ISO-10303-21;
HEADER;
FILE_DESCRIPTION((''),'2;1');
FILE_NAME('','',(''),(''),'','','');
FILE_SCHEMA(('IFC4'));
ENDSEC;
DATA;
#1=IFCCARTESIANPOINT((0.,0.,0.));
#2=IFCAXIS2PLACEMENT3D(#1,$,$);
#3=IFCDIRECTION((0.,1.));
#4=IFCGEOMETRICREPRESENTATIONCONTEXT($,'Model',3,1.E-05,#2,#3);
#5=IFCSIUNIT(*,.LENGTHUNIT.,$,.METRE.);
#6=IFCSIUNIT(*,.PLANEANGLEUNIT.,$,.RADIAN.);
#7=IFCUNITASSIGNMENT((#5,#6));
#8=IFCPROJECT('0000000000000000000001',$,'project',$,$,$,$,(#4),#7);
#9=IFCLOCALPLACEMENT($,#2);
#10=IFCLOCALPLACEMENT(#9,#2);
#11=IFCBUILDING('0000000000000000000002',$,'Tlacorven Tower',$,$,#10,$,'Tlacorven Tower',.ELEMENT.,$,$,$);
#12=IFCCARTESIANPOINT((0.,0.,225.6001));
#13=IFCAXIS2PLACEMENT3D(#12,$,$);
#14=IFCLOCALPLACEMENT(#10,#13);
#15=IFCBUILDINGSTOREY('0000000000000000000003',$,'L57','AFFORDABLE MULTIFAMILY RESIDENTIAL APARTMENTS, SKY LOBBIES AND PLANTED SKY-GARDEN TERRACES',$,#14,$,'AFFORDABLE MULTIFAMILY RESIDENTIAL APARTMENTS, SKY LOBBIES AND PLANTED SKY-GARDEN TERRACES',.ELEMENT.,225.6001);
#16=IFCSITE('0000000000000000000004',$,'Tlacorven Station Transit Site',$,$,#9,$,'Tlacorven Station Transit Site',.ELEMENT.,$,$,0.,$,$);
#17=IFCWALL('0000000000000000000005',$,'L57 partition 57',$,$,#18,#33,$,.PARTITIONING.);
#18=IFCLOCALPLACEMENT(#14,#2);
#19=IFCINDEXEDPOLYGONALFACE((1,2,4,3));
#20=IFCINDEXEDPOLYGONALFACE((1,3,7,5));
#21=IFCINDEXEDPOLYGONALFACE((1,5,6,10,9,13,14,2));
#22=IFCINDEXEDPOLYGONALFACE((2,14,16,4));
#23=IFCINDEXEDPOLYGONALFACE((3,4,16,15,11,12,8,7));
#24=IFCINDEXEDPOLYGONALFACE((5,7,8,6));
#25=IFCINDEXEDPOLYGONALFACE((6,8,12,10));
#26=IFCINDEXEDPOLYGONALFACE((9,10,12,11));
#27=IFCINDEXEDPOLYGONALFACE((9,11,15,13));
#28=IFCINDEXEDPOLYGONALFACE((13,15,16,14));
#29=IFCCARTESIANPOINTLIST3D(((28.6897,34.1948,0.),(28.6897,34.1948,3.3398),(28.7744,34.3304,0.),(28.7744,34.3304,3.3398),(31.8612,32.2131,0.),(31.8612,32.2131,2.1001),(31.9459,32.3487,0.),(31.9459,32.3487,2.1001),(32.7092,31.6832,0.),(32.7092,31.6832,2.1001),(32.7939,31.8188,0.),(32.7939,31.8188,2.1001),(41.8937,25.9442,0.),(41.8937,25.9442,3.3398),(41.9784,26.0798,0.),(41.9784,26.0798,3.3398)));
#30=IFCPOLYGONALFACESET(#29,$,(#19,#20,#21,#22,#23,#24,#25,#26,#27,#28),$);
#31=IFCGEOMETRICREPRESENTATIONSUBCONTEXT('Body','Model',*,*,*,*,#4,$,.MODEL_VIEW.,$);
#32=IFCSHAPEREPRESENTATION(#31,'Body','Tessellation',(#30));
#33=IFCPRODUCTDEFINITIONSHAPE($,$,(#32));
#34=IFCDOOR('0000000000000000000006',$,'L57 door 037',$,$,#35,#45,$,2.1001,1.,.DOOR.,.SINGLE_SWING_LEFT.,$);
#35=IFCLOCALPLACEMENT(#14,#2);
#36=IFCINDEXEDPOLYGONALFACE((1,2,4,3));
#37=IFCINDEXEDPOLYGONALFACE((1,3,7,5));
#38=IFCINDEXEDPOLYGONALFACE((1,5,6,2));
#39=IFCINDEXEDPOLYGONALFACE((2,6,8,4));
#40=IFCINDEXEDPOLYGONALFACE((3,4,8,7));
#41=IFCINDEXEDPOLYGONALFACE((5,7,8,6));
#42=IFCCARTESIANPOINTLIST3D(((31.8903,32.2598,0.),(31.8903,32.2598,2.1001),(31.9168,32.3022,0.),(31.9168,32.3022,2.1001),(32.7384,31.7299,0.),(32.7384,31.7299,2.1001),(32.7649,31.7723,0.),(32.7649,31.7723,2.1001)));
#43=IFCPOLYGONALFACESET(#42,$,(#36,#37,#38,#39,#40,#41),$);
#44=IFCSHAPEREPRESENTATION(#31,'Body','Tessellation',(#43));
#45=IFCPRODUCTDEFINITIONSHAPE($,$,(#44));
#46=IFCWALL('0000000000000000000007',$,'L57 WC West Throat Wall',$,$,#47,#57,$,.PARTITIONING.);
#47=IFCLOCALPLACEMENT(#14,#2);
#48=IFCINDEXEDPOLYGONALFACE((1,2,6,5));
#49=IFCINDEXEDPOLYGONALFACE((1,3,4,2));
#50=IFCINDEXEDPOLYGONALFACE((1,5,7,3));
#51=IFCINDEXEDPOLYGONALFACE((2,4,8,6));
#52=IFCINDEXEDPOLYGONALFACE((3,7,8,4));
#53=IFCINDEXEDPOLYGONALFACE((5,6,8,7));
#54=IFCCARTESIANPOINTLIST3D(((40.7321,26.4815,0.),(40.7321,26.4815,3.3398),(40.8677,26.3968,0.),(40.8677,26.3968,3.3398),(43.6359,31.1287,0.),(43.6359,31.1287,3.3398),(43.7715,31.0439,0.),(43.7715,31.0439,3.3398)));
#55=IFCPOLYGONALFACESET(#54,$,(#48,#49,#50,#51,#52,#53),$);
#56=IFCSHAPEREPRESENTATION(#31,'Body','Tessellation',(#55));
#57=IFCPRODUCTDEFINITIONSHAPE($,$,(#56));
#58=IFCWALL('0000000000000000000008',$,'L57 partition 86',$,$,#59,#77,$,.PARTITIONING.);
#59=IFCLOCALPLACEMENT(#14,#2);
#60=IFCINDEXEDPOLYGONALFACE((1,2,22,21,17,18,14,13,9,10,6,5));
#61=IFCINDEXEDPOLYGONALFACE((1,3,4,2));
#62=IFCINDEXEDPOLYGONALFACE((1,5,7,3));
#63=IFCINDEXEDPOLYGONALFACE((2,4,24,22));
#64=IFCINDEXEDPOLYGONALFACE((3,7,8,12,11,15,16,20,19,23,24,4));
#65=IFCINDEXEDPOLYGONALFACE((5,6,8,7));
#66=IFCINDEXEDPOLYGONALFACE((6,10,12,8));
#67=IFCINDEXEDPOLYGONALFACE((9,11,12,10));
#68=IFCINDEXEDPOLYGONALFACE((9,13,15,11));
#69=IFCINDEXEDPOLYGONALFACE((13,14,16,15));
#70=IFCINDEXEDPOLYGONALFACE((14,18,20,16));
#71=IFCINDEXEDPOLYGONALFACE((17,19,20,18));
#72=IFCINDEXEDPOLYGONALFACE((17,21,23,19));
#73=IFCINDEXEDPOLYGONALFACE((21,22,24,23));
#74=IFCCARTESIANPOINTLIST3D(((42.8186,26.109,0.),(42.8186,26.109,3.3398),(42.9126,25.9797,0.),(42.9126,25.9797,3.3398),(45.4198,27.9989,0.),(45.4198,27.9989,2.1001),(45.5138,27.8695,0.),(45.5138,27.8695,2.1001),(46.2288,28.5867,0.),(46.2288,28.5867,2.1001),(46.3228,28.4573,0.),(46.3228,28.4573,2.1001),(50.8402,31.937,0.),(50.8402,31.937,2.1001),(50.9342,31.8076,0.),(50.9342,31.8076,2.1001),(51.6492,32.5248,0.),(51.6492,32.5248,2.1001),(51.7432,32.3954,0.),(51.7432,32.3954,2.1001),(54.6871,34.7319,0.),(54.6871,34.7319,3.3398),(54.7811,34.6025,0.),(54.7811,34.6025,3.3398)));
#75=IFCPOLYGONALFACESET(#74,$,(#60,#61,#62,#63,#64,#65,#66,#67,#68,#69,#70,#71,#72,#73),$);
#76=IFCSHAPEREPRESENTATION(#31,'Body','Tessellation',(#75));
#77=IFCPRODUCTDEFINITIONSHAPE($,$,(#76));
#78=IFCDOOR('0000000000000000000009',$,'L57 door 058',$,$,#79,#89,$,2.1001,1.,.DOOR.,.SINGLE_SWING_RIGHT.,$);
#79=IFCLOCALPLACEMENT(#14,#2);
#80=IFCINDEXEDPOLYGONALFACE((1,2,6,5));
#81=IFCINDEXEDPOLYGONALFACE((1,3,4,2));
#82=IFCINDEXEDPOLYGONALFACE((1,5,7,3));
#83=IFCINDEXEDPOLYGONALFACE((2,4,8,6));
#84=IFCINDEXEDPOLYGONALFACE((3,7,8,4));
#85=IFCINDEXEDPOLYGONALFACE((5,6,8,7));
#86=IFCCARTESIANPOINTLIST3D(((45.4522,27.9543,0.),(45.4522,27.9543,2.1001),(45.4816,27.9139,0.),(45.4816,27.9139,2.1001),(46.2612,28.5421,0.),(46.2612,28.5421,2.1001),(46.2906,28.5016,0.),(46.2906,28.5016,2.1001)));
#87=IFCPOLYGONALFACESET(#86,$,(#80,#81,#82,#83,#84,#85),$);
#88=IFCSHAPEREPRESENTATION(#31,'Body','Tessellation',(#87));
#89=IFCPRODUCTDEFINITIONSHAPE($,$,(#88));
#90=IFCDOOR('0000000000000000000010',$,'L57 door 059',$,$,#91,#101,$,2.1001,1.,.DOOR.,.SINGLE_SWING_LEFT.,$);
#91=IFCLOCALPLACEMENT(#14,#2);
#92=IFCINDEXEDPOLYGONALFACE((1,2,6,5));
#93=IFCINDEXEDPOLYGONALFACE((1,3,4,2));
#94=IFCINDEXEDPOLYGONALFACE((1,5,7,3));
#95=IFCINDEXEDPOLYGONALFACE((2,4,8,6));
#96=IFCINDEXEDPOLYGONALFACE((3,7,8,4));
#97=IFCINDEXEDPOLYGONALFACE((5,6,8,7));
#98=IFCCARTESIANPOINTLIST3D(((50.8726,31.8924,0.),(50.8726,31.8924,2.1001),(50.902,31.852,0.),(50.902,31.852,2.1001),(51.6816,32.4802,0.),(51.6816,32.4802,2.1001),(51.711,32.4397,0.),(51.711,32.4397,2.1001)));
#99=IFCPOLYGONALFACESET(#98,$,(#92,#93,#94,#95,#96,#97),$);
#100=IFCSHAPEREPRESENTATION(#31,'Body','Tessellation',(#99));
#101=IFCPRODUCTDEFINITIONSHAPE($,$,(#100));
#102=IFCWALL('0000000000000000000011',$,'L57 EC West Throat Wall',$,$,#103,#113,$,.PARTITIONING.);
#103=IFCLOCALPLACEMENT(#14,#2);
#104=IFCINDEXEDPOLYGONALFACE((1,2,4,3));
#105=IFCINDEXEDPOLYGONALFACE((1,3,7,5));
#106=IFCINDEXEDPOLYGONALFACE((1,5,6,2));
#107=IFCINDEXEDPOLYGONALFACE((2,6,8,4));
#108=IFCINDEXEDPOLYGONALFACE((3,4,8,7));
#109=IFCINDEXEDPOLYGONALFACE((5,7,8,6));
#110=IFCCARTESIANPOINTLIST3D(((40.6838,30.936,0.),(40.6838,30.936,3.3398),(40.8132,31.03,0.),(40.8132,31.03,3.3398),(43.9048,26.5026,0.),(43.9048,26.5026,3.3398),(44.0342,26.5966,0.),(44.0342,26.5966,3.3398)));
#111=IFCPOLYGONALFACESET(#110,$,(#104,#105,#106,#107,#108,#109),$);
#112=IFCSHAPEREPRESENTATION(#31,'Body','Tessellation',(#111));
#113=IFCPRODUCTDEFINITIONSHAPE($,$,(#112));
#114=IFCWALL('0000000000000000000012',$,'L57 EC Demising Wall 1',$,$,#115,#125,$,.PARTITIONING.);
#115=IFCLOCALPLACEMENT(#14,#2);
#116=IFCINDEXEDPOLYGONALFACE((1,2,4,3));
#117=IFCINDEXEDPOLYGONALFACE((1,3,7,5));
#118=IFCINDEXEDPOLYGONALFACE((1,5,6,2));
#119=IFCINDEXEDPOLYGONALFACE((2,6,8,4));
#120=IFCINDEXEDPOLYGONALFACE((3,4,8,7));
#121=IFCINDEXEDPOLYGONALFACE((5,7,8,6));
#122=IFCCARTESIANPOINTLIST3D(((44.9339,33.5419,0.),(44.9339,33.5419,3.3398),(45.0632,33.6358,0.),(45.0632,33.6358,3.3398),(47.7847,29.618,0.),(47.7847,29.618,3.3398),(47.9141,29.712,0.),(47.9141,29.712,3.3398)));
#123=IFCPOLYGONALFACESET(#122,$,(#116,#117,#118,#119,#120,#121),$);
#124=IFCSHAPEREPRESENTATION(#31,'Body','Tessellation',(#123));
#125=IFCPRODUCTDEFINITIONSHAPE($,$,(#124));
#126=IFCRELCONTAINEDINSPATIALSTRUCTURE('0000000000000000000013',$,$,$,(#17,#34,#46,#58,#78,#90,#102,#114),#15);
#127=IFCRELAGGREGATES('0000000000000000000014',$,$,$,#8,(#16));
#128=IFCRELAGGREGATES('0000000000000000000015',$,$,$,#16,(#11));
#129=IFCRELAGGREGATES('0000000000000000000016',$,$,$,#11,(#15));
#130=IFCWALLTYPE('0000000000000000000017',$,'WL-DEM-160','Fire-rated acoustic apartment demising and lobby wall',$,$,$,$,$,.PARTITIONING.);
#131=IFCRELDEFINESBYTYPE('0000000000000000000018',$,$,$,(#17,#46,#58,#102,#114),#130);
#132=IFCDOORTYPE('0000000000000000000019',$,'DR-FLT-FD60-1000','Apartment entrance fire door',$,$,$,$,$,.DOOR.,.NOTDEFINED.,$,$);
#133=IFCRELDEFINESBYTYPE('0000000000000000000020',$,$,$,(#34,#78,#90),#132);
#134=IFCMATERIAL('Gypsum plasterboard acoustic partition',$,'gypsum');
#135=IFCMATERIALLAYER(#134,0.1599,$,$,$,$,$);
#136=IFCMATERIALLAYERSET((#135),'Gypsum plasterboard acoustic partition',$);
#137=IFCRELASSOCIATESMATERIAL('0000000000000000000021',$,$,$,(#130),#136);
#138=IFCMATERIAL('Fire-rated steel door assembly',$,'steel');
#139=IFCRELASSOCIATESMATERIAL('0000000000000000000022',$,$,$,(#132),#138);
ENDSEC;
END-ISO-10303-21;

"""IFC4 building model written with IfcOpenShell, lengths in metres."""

from ifc_helpers import new_model, si_unit, direction, frame, frame_2d, origin, place, context, subcontext, project, spatial, rectangle, extrude, source, transform, mapped, material, layer, layer_set, type_object, element, fill, save


model = new_model("IFC4")

# Units and contexts
model_context = context("Model", 3, precision=1e-05, world=origin(), true_north=direction((0.0, 1.0)))
body_context = subcontext(model_context, "Body", "Model", "MODEL_VIEW")
ifc_project = project(units=[si_unit("LENGTHUNIT", "METRE"), si_unit("PLANEANGLEUNIT", "RADIAN")], contexts=[model_context])

# Site, building, storey
site_placement = place(None, origin())
site = spatial("IfcSite", under=ifc_project, at=site_placement, Name="Tlacorven Station Transit Site", LongName="Tlacorven Station Transit Site", CompositionType="ELEMENT", RefElevation=0.0)
building_placement = place(site_placement, origin())
building = spatial("IfcBuilding", under=site, at=building_placement, Name="Tlacorven Tower", LongName="Tlacorven Tower", CompositionType="ELEMENT")
storey_placement = place(building_placement, frame((0.0, 0.0, 225.6001)))
storey = spatial("IfcBuildingStorey", under=building, at=storey_placement, Name="L57", Description="AFFORDABLE MULTIFAMILY RESIDENTIAL APARTMENTS, SKY LOBBIES AND PLANTED SKY-GARDEN TERRACES", LongName="AFFORDABLE MULTIFAMILY RESIDENTIAL APARTMENTS, SKY LOBBIES AND PLANTED SKY-GARDEN TERRACES", CompositionType="ELEMENT", Elevation=225.6001)

# Wall, opening, door
ifc_material_1 = material(Name="Gypsum plasterboard acoustic partition", Category="gypsum")
ifc_layer_1 = layer(ifc_material_1, 0.1599)
ifc_layer_set_1 = layer_set([ifc_layer_1], Name="Gypsum plasterboard acoustic partition")
wall_type_1 = type_object("IfcWallType", Name="WL-DEM-160", Description="Fire-rated acoustic apartment demising and lobby wall", PredefinedType="PARTITIONING", material=ifc_layer_set_1)
wall_1_placement = place(storey_placement, frame((41.936, 26.012, 0.0), z_axis=(0.0, 0.0, 1.0), x_axis=(-0.848051, 0.529914, 0.0)))
wall_1 = element("IfcWall", 1, at=wall_1_placement, inside=storey, type_object=wall_type_1, Name="L57 partition 57", PredefinedType="PARTITIONING", context=body_context, shape_type="SweptSolid", body=[
    extrude(rectangle(XDim=15.5698, YDim=0.1599, at=frame_2d((7.7849, 0.0))), origin(), (0.0, 0.0, 1.0), 3.3398),
])
opening_1_placement = place(wall_1_placement, frame((10.8301, 0.0, 0.0)))
opening_1 = element("IfcOpeningElement", 2, at=opening_1_placement, cuts=wall_1, PredefinedType="OPENING", context=body_context, shape_type="SweptSolid", body=[
    extrude(rectangle(XDim=1.0, YDim=2.1001, at=frame_2d((0.5, 1.05))), frame((0.0, 0.0898, 0.0), z_axis=(0.0, -1.0, 0.0), x_axis=(1.0, 0.0, 0.0)), (0.0, 0.0, 1.0), 0.1799),
])
ifc_material_2 = material(Name="Fire-rated steel door assembly", Category="steel")
door_type_1 = type_object("IfcDoorType", Name="DR-FLT-FD60-1000", Description="Apartment entrance fire door", OperationType="NOTDEFINED", PredefinedType="DOOR", material=ifc_material_2)
shared_shape_1 = source(origin(), body_context, "Body", "SweptSolid", [
    extrude(rectangle(XDim=1.0, YDim=2.1001, at=frame_2d((0.5, 1.05))), frame((0.0, 0.0249, 0.0), z_axis=(0.0, -1.0, 0.0), x_axis=(1.0, 0.0, 0.0)), (0.0, 0.0, 1.0), 0.05),
])
door_1_placement = place(opening_1_placement, origin())
door_1 = element("IfcDoor", 3, at=door_1_placement, inside=storey, type_object=door_type_1, Name="L57 door 037", OperationType="SINGLE_SWING_LEFT", OverallHeight=2.1001, OverallWidth=1.0, PredefinedType="DOOR", context=body_context, shape_type="MappedRepresentation", body=[
    mapped(shared_shape_1, transform((0.0, 0.0, 0.0), scale=1.0)),
])
fill(opening_1, door_1)

# Wall
wall_2_placement = place(storey_placement, frame((43.7036, 31.0862, 0.0), z_axis=(0.0, 0.0, 1.0), x_axis=(-0.529907, -0.848056, 0.0)))
element("IfcWall", 4, at=wall_2_placement, inside=storey, type_object=wall_type_1, Name="L57 WC West Throat Wall", PredefinedType="PARTITIONING", context=body_context, shape_type="SweptSolid", body=[
    extrude(rectangle(XDim=5.4797, YDim=0.1599, at=frame_2d((2.7397, 0.0))), origin(), (0.0, 0.0, 1.0), 3.3398),
])

# Wall, openings, doors
wall_3_placement = place(storey_placement, frame((42.8657, 26.0444, 0.0), z_axis=(0.0, 0.0, 1.0), x_axis=(0.80902, 0.587781, 0.0)))
wall_3 = element("IfcWall", 5, at=wall_3_placement, inside=storey, type_object=wall_type_1, Name="L57 partition 86", PredefinedType="PARTITIONING", context=body_context, shape_type="SweptSolid", body=[
    extrude(rectangle(XDim=14.6702, YDim=0.1599, at=frame_2d((7.335, 0.0))), origin(), (0.0, 0.0, 1.0), 3.3398),
])
opening_2_placement = place(wall_3_placement, frame((3.2151, 0.0, 0.0)))
opening_2 = element("IfcOpeningElement", 6, at=opening_2_placement, cuts=wall_3, PredefinedType="OPENING", context=body_context, shape_type="SweptSolid", body=[
    extrude(rectangle(XDim=1.0, YDim=2.1001, at=frame_2d((0.5, 1.05))), frame((0.0, 0.0898, 0.0), z_axis=(0.0, -1.0, 0.0), x_axis=(1.0, 0.0, 0.0)), (0.0, 0.0, 1.0), 0.1799),
])
opening_3_placement = place(wall_3_placement, frame((9.915, 0.0, 0.0)))
opening_3 = element("IfcOpeningElement", 7, at=opening_3_placement, cuts=wall_3, PredefinedType="OPENING", context=body_context, shape_type="SweptSolid", body=[
    extrude(rectangle(XDim=1.0, YDim=2.1001, at=frame_2d((0.5, 1.05))), frame((0.0, 0.0898, 0.0), z_axis=(0.0, -1.0, 0.0), x_axis=(1.0, 0.0, 0.0)), (0.0, 0.0, 1.0), 0.1799),
])
door_2_placement = place(opening_2_placement, origin())
door_2 = element("IfcDoor", 8, at=door_2_placement, inside=storey, type_object=door_type_1, Name="L57 door 058", OperationType="SINGLE_SWING_RIGHT", OverallHeight=2.1001, OverallWidth=1.0, PredefinedType="DOOR", context=body_context, shape_type="MappedRepresentation", body=[
    mapped(shared_shape_1, transform((0.0, 0.0, 0.0), scale=1.0)),
])
fill(opening_2, door_2)
door_3_placement = place(opening_3_placement, origin())
door_3 = element("IfcDoor", 9, at=door_3_placement, inside=storey, type_object=door_type_1, Name="L57 door 059", OperationType="SINGLE_SWING_LEFT", OverallHeight=2.1001, OverallWidth=1.0, PredefinedType="DOOR", context=body_context, shape_type="MappedRepresentation", body=[
    mapped(shared_shape_1, transform((0.0, 0.0, 0.0), scale=1.0)),
])
fill(opening_3, door_3)

# Walls
wall_4_placement = place(storey_placement, frame((43.9695, 26.5496, 0.0), z_axis=(0.0, 0.0, 1.0), x_axis=(-0.587777, 0.809023, 0.0)))
element("IfcWall", 10, at=wall_4_placement, inside=storey, type_object=wall_type_1, Name="L57 EC West Throat Wall", PredefinedType="PARTITIONING", context=body_context, shape_type="SweptSolid", body=[
    extrude(rectangle(XDim=5.48, YDim=0.1599, at=frame_2d((2.74, 0.0))), origin(), (0.0, 0.0, 1.0), 3.3398),
])
wall_5_placement = place(storey_placement, frame((47.8494, 29.665, 0.0), z_axis=(0.0, 0.0, 1.0), x_axis=(-0.587786, 0.809017, 0.0)))
element("IfcWall", 11, at=wall_5_placement, inside=storey, type_object=wall_type_1, Name="L57 EC Demising Wall 1", PredefinedType="PARTITIONING", context=body_context, shape_type="SweptSolid", body=[
    extrude(rectangle(XDim=4.8501, YDim=0.1599, at=frame_2d((2.425, 0.0))), origin(), (0.0, 0.0, 1.0), 3.3398),
])

save(model, "model.ifc")
